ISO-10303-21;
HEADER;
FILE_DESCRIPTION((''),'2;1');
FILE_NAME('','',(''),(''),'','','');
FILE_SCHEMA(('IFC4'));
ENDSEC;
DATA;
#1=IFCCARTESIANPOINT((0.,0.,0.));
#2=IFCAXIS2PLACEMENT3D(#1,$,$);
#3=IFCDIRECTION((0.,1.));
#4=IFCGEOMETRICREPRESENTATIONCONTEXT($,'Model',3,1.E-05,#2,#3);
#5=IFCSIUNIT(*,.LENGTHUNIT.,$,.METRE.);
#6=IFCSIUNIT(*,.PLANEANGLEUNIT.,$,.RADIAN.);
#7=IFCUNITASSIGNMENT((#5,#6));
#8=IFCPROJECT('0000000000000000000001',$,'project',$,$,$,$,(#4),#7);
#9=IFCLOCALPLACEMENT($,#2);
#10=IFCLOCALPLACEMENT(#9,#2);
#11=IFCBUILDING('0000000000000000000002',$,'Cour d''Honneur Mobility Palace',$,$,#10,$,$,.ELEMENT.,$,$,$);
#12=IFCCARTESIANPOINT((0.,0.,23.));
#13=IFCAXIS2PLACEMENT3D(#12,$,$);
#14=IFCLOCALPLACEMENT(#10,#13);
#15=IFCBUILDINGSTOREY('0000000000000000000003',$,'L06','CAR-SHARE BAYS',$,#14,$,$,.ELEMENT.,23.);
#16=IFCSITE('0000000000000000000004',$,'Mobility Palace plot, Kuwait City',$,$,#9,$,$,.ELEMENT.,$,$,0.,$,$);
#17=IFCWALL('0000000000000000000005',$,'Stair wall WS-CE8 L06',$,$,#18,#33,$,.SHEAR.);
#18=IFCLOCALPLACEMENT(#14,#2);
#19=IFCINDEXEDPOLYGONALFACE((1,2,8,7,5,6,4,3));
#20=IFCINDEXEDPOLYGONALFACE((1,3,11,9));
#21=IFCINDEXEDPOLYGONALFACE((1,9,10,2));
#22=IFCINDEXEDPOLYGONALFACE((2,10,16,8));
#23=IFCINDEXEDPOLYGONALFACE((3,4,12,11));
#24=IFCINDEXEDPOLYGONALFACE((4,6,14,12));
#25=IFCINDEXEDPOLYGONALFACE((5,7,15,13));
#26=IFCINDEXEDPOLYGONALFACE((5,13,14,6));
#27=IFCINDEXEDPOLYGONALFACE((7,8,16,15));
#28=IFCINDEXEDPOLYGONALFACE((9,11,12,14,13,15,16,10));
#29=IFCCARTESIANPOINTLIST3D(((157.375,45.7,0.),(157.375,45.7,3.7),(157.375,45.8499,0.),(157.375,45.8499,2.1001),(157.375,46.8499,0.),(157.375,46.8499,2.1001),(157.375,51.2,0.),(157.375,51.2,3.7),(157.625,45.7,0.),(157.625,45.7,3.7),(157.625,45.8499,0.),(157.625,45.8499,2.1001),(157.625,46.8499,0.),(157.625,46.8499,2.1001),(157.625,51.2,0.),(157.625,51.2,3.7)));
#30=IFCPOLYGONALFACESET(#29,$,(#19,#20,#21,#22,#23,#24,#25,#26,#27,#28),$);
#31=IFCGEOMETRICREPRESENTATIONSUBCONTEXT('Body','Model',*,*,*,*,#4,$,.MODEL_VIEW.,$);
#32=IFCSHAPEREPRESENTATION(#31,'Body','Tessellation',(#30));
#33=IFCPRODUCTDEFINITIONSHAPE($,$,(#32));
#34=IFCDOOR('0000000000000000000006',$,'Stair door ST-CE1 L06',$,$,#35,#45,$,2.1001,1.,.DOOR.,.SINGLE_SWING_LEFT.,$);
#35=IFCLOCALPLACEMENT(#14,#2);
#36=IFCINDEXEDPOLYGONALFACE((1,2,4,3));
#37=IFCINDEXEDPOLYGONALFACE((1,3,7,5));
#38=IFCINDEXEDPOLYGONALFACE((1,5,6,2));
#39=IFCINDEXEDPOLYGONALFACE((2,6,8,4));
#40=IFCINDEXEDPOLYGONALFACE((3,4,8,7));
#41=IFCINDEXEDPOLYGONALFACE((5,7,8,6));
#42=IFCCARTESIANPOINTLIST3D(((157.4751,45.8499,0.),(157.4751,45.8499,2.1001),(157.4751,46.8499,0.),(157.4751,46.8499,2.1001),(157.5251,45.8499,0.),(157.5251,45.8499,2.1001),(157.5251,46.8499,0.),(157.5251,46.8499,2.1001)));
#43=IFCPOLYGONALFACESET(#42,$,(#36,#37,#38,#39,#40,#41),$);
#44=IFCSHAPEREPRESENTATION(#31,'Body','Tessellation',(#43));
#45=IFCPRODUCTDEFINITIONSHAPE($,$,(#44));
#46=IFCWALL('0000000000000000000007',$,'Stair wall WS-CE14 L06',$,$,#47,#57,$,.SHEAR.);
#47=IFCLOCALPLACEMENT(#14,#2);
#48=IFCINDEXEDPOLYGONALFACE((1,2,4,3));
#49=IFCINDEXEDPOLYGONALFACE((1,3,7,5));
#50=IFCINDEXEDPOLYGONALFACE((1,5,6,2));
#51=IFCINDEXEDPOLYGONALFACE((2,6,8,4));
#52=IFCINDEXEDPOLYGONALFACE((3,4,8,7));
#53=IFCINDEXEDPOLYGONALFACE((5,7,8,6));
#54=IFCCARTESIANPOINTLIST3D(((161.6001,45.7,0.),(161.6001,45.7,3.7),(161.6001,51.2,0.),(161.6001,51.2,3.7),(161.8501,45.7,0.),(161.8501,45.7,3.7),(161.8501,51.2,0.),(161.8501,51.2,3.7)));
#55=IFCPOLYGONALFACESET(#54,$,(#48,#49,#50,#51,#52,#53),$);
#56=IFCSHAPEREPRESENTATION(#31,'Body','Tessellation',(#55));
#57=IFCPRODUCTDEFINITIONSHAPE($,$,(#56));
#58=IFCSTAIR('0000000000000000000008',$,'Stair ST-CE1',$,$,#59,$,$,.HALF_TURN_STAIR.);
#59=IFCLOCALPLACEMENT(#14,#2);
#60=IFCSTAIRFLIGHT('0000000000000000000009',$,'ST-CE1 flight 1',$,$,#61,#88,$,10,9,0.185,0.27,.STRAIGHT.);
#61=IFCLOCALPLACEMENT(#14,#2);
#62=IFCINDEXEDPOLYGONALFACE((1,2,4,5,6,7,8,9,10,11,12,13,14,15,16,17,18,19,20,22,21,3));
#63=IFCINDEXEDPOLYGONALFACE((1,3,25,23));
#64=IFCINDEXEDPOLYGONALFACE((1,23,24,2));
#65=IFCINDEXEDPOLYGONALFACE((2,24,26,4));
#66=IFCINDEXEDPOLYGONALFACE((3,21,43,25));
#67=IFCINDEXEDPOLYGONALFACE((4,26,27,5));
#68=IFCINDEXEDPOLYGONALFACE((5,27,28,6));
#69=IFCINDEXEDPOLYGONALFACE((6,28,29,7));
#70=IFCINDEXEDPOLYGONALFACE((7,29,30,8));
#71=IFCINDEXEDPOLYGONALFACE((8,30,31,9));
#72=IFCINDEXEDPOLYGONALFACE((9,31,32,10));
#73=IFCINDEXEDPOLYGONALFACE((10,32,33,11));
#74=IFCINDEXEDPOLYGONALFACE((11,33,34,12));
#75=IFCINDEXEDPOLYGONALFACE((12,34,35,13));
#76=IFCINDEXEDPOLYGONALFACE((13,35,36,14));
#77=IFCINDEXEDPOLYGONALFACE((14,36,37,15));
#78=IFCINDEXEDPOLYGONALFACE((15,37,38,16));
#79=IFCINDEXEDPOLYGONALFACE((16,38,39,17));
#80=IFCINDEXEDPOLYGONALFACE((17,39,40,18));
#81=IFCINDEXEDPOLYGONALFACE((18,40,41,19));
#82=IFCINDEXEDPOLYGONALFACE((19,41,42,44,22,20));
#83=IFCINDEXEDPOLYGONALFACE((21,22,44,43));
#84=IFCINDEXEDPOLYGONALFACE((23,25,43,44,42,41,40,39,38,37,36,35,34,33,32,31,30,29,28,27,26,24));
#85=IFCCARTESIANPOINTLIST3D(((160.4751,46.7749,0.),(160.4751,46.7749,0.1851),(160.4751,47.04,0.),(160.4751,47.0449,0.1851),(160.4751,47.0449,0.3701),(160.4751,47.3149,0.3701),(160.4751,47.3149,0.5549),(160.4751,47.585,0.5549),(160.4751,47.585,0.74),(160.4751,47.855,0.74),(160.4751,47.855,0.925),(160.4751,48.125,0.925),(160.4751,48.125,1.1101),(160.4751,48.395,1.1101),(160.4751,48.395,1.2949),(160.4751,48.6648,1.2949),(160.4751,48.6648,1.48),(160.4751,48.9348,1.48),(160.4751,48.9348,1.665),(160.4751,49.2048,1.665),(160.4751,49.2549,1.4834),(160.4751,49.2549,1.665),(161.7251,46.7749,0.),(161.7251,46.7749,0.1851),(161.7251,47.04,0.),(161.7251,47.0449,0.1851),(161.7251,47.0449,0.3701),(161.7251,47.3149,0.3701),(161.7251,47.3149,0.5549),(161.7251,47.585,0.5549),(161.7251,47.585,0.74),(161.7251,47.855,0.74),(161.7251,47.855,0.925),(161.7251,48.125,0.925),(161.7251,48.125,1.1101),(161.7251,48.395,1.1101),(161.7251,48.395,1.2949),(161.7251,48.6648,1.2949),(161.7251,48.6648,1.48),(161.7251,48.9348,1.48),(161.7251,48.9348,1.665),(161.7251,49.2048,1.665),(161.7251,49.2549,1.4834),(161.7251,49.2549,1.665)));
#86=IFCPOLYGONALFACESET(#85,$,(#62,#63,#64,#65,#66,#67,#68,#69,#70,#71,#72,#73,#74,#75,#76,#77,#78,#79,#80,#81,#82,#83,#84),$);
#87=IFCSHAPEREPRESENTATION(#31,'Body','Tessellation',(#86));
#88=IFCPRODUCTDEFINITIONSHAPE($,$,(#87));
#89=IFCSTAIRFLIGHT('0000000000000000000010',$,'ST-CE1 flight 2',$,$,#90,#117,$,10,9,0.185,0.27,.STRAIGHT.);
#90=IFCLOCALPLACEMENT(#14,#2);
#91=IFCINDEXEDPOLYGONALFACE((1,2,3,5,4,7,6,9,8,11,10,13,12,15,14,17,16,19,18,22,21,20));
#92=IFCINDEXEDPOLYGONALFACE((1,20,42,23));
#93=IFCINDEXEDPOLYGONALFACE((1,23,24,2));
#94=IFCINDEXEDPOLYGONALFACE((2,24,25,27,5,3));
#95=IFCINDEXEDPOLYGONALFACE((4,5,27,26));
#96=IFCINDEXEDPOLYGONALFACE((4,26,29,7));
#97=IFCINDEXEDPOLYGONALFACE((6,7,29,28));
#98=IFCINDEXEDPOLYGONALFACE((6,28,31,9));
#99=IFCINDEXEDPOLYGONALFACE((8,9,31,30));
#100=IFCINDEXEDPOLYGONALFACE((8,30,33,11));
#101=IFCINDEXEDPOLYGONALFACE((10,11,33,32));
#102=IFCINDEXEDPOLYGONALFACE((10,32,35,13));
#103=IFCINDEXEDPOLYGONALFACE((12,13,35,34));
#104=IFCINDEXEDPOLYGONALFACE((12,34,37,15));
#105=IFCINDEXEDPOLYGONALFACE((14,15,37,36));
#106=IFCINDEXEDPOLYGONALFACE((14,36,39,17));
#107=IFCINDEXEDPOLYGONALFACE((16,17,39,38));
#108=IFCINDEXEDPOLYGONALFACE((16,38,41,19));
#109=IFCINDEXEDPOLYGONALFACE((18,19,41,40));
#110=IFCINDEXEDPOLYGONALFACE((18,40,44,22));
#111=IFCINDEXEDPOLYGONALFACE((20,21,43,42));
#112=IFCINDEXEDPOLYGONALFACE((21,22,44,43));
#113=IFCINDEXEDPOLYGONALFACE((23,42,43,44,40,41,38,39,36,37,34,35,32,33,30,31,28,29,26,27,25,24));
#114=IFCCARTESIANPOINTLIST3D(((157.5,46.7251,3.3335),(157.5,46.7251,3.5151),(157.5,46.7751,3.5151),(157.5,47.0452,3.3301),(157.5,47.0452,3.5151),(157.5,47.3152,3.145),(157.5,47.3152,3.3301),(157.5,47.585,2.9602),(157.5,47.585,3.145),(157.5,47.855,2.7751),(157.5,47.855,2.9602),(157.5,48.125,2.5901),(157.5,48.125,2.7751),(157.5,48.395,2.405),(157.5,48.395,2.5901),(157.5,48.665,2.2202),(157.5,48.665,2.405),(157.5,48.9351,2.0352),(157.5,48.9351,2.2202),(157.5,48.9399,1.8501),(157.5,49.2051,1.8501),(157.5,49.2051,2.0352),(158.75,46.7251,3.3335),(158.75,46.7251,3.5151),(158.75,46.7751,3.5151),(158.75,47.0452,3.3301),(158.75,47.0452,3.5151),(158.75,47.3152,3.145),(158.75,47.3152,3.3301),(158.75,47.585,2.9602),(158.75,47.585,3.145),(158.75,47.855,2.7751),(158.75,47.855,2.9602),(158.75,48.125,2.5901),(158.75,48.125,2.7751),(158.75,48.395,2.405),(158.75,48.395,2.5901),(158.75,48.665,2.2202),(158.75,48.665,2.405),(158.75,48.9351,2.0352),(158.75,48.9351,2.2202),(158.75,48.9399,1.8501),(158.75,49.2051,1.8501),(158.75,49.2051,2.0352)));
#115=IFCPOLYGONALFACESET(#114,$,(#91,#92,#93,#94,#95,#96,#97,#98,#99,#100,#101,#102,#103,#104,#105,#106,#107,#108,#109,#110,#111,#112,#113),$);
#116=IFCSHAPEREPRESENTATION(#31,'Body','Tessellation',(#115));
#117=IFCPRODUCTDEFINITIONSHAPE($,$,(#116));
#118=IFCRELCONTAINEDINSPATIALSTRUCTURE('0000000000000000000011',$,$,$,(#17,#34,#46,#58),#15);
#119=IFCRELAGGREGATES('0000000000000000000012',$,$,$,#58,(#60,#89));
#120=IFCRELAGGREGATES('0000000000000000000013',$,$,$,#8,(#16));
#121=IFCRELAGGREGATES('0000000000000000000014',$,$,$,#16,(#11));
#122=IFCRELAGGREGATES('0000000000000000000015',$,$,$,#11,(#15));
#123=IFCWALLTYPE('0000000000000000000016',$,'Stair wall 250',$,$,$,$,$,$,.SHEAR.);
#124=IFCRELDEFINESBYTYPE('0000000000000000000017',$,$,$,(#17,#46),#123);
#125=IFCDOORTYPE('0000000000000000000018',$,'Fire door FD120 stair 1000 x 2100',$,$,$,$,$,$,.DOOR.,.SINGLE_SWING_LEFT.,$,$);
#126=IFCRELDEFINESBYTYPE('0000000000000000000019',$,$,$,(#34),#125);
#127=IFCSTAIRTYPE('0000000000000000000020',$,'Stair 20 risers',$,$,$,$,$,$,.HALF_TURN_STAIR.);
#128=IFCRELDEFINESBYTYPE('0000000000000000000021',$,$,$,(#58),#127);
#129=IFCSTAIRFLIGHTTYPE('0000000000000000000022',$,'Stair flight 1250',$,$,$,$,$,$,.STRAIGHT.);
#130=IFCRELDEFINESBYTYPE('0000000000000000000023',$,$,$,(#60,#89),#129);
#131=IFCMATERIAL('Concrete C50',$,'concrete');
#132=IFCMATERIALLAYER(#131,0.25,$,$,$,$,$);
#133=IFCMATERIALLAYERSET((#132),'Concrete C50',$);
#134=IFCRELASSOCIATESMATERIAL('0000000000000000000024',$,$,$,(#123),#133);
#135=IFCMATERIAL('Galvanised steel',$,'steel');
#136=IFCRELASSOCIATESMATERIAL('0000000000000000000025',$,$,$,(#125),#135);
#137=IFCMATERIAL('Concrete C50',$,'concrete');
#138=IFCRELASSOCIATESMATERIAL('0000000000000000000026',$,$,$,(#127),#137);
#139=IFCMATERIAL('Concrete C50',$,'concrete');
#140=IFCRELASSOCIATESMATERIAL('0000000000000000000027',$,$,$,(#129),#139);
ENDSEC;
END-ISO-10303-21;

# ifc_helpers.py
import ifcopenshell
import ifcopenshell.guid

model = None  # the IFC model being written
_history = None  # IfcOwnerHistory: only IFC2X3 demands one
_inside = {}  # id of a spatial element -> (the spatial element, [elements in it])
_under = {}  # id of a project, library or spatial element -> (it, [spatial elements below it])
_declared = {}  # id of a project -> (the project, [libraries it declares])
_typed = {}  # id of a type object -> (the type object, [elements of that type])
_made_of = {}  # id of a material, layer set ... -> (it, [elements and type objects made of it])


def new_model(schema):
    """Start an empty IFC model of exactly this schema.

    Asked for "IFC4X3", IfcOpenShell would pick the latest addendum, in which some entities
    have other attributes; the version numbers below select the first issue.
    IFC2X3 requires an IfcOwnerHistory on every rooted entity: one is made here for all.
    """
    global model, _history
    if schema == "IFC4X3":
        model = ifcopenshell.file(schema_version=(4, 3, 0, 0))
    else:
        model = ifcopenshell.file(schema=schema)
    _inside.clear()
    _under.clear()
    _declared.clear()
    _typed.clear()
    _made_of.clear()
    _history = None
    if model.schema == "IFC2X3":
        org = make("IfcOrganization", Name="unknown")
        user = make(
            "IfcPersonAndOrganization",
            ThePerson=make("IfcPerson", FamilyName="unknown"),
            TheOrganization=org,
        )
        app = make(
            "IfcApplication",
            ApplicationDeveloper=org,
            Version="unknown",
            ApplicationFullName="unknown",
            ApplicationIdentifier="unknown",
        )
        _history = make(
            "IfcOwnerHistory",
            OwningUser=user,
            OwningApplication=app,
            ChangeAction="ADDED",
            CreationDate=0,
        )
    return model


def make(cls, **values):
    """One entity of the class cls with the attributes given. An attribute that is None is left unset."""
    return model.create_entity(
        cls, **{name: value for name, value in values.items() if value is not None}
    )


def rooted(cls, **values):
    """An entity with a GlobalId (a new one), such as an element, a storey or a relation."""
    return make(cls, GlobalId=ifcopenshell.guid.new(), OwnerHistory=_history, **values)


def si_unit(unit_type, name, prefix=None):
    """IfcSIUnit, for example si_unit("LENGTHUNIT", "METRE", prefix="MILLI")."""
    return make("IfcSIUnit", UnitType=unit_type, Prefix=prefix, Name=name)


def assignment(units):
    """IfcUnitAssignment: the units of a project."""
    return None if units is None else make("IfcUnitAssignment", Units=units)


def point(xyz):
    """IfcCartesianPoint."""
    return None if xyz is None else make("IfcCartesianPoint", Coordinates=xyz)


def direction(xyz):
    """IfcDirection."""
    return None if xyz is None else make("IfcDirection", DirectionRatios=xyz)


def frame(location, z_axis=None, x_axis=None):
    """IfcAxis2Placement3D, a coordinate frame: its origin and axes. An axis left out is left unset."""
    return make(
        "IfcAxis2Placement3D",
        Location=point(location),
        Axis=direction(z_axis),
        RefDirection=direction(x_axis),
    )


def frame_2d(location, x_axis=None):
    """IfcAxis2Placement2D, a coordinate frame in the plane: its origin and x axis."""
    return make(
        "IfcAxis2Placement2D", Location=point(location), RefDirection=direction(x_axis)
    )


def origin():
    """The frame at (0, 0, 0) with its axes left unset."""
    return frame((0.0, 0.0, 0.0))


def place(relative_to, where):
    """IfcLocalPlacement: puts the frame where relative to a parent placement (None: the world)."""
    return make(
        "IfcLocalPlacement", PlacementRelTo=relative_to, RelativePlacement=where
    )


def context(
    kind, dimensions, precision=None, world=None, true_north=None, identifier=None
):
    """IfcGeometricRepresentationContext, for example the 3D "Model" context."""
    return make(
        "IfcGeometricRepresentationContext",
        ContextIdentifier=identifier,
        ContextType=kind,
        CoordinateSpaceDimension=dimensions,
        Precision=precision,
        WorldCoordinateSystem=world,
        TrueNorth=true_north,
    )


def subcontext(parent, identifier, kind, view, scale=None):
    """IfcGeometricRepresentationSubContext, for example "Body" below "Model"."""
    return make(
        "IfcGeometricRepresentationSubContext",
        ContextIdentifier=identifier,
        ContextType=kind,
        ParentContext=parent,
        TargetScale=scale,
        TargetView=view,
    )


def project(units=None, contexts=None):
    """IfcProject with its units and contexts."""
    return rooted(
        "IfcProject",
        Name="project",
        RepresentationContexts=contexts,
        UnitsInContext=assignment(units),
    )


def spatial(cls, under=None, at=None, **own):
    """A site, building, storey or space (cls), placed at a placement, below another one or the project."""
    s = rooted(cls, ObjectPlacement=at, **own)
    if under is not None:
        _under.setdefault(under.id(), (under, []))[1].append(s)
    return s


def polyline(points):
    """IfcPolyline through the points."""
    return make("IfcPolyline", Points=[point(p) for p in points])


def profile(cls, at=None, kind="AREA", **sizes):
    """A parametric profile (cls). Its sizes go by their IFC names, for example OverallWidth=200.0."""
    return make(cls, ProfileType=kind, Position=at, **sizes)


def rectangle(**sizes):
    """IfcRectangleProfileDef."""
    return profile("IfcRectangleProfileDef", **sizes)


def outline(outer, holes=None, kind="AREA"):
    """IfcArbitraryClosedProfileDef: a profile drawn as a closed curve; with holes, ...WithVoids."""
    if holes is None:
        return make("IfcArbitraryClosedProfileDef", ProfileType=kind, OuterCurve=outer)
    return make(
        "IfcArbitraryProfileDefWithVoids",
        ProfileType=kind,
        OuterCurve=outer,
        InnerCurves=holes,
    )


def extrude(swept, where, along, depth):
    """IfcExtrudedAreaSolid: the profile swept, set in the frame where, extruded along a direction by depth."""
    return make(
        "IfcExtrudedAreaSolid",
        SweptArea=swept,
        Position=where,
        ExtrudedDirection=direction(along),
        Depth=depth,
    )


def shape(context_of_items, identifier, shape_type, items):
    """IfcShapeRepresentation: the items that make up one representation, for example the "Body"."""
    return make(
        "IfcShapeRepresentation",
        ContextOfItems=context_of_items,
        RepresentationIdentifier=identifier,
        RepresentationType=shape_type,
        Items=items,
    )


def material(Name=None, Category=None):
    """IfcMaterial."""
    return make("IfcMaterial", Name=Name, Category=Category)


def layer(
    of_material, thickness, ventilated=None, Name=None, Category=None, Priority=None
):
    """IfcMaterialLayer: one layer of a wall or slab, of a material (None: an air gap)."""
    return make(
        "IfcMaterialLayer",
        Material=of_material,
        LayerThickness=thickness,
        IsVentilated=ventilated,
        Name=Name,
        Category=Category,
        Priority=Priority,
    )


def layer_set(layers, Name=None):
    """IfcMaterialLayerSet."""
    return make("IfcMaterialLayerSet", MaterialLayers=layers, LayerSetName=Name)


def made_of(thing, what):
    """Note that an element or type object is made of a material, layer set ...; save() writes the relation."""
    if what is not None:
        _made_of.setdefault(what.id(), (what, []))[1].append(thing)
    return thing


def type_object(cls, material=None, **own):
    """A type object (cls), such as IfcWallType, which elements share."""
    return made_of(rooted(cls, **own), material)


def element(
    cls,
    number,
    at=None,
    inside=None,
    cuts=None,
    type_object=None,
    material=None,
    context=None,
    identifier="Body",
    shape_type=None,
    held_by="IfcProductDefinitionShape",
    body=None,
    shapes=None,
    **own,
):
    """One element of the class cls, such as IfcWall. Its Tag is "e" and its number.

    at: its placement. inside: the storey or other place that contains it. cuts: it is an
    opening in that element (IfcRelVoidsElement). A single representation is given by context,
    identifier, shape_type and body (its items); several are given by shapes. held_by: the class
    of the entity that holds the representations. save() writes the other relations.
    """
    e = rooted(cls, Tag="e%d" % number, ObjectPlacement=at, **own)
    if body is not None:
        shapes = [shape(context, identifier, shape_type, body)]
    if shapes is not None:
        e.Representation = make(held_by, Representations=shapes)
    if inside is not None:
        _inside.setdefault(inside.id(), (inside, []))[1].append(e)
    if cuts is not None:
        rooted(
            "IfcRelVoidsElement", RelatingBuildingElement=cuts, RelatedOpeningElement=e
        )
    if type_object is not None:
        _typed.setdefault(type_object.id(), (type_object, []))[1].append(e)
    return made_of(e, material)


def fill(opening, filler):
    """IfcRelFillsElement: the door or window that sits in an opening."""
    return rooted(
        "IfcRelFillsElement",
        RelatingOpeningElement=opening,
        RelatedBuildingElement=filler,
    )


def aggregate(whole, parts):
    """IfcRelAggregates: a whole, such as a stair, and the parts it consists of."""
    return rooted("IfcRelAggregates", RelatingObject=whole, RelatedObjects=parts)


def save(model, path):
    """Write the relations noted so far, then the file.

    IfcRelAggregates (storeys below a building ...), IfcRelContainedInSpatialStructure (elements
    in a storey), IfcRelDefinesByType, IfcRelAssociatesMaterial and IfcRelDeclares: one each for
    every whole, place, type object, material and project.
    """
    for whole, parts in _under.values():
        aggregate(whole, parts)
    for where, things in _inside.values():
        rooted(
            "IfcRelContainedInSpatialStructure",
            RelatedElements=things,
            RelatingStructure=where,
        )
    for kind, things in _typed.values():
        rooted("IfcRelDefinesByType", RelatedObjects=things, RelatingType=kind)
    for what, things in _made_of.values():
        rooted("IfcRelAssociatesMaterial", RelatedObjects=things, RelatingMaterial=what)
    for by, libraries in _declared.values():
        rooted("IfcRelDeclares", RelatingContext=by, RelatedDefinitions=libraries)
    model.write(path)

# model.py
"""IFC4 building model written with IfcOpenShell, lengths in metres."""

from ifc_helpers import new_model, si_unit, direction, frame, frame_2d, origin, place, context, subcontext, project, spatial, polyline, rectangle, outline, extrude, material, layer, layer_set, type_object, element, fill, aggregate, save


model = new_model("IFC4")

# Units and contexts
model_context = context("Model", 3, precision=1e-05, world=origin(), true_north=direction((0.0, 1.0)))
body_context = subcontext(model_context, "Body", "Model", "MODEL_VIEW")
ifc_project = project(units=[si_unit("LENGTHUNIT", "METRE"), si_unit("PLANEANGLEUNIT", "RADIAN")], contexts=[model_context])

# Site, building, storey
site_placement = place(None, origin())
site = spatial("IfcSite", under=ifc_project, at=site_placement, Name="Mobility Palace plot, Kuwait City", CompositionType="ELEMENT", RefElevation=0.0)
building_placement = place(site_placement, origin())
building = spatial("IfcBuilding", under=site, at=building_placement, Name="Cour d'Honneur Mobility Palace", CompositionType="ELEMENT")
storey_placement = place(building_placement, frame((0.0, 0.0, 23.0)))
storey = spatial("IfcBuildingStorey", under=building, at=storey_placement, Name="L06", Description="CAR-SHARE BAYS", CompositionType="ELEMENT", Elevation=23.0)

# Shared definitions
ifc_material_1 = material(Name="Concrete C50", Category="concrete")
ifc_layer_1 = layer(ifc_material_1, 0.25)
ifc_layer_set_1 = layer_set([ifc_layer_1], Name="Concrete C50")
wall_type_1 = type_object("IfcWallType", Name="Stair wall 250", PredefinedType="SHEAR", material=ifc_layer_set_1)

# Wall, opening, door
wall_1_placement = place(storey_placement, frame((157.5, 45.7, 0.0), z_axis=(0.0, 0.0, 1.0), x_axis=(0.0, 1.0, 0.0)))
wall_1 = element("IfcWall", 1, at=wall_1_placement, inside=storey, type_object=wall_type_1, Name="Stair wall WS-CE8 L06", PredefinedType="SHEAR", context=body_context, shape_type="SweptSolid", body=[
    extrude(rectangle(XDim=5.5, YDim=0.25, at=frame_2d((2.75, 0.0))), origin(), (0.0, 0.0, 1.0), 3.7),
])
opening_1_placement = place(wall_1_placement, frame((0.1499, 0.0, 0.0)))
opening_1 = element("IfcOpeningElement", 2, at=opening_1_placement, cuts=wall_1, PredefinedType="OPENING", context=body_context, shape_type="SweptSolid", body=[
    extrude(rectangle(XDim=1.0, YDim=2.1001, at=frame_2d((0.5, 1.05))), frame((0.0, 0.135, 0.0), z_axis=(0.0, -1.0, 0.0), x_axis=(1.0, 0.0, 0.0)), (0.0, 0.0, 1.0), 0.27),
])
ifc_material_2 = material(Name="Galvanised steel", Category="steel")
door_type_1 = type_object("IfcDoorType", Name="Fire door FD120 stair 1000 x 2100", OperationType="SINGLE_SWING_LEFT", PredefinedType="DOOR", material=ifc_material_2)
door_1_placement = place(opening_1_placement, origin())
door_1 = element("IfcDoor", 3, at=door_1_placement, inside=storey, type_object=door_type_1, Name="Stair door ST-CE1 L06", OperationType="SINGLE_SWING_LEFT", OverallHeight=2.1001, OverallWidth=1.0, PredefinedType="DOOR", context=body_context, shape_type="SweptSolid", body=[
    extrude(rectangle(XDim=1.0, YDim=2.1001, at=frame_2d((0.5, 1.05))), frame((0.0, 0.0249, 0.0), z_axis=(0.0, -1.0, 0.0), x_axis=(1.0, 0.0, 0.0)), (0.0, 0.0, 1.0), 0.05),
])
fill(opening_1, door_1)

# Wall
wall_2_placement = place(storey_placement, frame((161.7251, 45.7, 0.0), z_axis=(0.0, 0.0, 1.0), x_axis=(0.0, 1.0, 0.0)))
element("IfcWall", 4, at=wall_2_placement, inside=storey, type_object=wall_type_1, Name="Stair wall WS-CE14 L06", PredefinedType="SHEAR", context=body_context, shape_type="SweptSolid", body=[
    extrude(rectangle(XDim=5.5, YDim=0.25, at=frame_2d((2.75, 0.0))), origin(), (0.0, 0.0, 1.0), 3.7),
])

# Stair, stair flights
ifc_material_3 = material(Name="Concrete C50", Category="concrete")
stair_type = type_object("IfcStairType", Name="Stair 20 risers", PredefinedType="HALF_TURN_STAIR", material=ifc_material_3)
stair_placement = place(storey_placement, origin())
stair = element("IfcStair", 5, at=stair_placement, inside=storey, type_object=stair_type, Name="Stair ST-CE1", PredefinedType="HALF_TURN_STAIR")
ifc_material_4 = material(Name="Concrete C50", Category="concrete")
stair_flight_type = type_object("IfcStairFlightType", Name="Stair flight 1250", PredefinedType="STRAIGHT", material=ifc_material_4)
stair_flight_1_placement = place(storey_placement, frame((161.1001, 46.7749, 0.0), z_axis=(0.0, 0.0, 1.0), x_axis=(0.0, 1.0, 0.0)))
stair_flight_1 = element("IfcStairFlight", 6, at=stair_flight_1_placement, type_object=stair_flight_type, Name="ST-CE1 flight 1", NumberOfRisers=10, NumberOfTreads=9, PredefinedType="STRAIGHT", RiserHeight=0.185, TreadLength=0.27, context=body_context, shape_type="SweptSolid", body=[
    extrude(outline(polyline([(0.0, 0.0), (0.0, 0.1851), (0.27, 0.1851), (0.27, 0.3701), (0.54, 0.3701), (0.54, 0.5549), (0.8101, 0.5549), (0.8101, 0.74), (1.0801, 0.74), (1.0801, 0.925), (1.3501, 0.925), (1.3501, 1.1101), (1.6201, 1.1101), (1.6201, 1.2949), (1.8899, 1.2949), (1.8899, 1.48), (2.1599, 1.48), (2.1599, 1.665), (2.4299, 1.665), (2.48, 1.665), (2.48, 1.4834), (0.2651, 0.0), (0.0, 0.0)])), frame((0.0, 0.625, 0.0), z_axis=(0.0, -1.0, 0.0), x_axis=(1.0, 0.0, 0.0)), (0.0, 0.0, 1.0), 1.25),
])
stair_flight_2_placement = place(storey_placement, frame((158.125, 49.2051, 1.8501), z_axis=(0.0, 0.0, 1.0), x_axis=(0.0, -1.0, 0.0)))
stair_flight_2 = element("IfcStairFlight", 7, at=stair_flight_2_placement, type_object=stair_flight_type, Name="ST-CE1 flight 2", NumberOfRisers=10, NumberOfTreads=9, PredefinedType="STRAIGHT", RiserHeight=0.185, TreadLength=0.27, context=body_context, shape_type="SweptSolid", body=[
    extrude(outline(polyline([(0.0, 0.0), (0.0, 0.1851), (0.27, 0.1851), (0.27, 0.3701), (0.54, 0.3701), (0.54, 0.5549), (0.8101, 0.5549), (0.8101, 0.74), (1.0801, 0.74), (1.0801, 0.925), (1.3501, 0.925), (1.3501, 1.1101), (1.6201, 1.1101), (1.6201, 1.2949), (1.8899, 1.2949), (1.8899, 1.48), (2.1599, 1.48), (2.1599, 1.665), (2.4299, 1.665), (2.48, 1.665), (2.48, 1.4834), (0.2651, 0.0), (0.0, 0.0)])), frame((0.0, 0.625, 0.0), z_axis=(0.0, -1.0, 0.0), x_axis=(1.0, 0.0, 0.0)), (0.0, 0.0, 1.0), 1.25),
])
aggregate(stair, [stair_flight_1, stair_flight_2])

save(model, "model.ifc")
